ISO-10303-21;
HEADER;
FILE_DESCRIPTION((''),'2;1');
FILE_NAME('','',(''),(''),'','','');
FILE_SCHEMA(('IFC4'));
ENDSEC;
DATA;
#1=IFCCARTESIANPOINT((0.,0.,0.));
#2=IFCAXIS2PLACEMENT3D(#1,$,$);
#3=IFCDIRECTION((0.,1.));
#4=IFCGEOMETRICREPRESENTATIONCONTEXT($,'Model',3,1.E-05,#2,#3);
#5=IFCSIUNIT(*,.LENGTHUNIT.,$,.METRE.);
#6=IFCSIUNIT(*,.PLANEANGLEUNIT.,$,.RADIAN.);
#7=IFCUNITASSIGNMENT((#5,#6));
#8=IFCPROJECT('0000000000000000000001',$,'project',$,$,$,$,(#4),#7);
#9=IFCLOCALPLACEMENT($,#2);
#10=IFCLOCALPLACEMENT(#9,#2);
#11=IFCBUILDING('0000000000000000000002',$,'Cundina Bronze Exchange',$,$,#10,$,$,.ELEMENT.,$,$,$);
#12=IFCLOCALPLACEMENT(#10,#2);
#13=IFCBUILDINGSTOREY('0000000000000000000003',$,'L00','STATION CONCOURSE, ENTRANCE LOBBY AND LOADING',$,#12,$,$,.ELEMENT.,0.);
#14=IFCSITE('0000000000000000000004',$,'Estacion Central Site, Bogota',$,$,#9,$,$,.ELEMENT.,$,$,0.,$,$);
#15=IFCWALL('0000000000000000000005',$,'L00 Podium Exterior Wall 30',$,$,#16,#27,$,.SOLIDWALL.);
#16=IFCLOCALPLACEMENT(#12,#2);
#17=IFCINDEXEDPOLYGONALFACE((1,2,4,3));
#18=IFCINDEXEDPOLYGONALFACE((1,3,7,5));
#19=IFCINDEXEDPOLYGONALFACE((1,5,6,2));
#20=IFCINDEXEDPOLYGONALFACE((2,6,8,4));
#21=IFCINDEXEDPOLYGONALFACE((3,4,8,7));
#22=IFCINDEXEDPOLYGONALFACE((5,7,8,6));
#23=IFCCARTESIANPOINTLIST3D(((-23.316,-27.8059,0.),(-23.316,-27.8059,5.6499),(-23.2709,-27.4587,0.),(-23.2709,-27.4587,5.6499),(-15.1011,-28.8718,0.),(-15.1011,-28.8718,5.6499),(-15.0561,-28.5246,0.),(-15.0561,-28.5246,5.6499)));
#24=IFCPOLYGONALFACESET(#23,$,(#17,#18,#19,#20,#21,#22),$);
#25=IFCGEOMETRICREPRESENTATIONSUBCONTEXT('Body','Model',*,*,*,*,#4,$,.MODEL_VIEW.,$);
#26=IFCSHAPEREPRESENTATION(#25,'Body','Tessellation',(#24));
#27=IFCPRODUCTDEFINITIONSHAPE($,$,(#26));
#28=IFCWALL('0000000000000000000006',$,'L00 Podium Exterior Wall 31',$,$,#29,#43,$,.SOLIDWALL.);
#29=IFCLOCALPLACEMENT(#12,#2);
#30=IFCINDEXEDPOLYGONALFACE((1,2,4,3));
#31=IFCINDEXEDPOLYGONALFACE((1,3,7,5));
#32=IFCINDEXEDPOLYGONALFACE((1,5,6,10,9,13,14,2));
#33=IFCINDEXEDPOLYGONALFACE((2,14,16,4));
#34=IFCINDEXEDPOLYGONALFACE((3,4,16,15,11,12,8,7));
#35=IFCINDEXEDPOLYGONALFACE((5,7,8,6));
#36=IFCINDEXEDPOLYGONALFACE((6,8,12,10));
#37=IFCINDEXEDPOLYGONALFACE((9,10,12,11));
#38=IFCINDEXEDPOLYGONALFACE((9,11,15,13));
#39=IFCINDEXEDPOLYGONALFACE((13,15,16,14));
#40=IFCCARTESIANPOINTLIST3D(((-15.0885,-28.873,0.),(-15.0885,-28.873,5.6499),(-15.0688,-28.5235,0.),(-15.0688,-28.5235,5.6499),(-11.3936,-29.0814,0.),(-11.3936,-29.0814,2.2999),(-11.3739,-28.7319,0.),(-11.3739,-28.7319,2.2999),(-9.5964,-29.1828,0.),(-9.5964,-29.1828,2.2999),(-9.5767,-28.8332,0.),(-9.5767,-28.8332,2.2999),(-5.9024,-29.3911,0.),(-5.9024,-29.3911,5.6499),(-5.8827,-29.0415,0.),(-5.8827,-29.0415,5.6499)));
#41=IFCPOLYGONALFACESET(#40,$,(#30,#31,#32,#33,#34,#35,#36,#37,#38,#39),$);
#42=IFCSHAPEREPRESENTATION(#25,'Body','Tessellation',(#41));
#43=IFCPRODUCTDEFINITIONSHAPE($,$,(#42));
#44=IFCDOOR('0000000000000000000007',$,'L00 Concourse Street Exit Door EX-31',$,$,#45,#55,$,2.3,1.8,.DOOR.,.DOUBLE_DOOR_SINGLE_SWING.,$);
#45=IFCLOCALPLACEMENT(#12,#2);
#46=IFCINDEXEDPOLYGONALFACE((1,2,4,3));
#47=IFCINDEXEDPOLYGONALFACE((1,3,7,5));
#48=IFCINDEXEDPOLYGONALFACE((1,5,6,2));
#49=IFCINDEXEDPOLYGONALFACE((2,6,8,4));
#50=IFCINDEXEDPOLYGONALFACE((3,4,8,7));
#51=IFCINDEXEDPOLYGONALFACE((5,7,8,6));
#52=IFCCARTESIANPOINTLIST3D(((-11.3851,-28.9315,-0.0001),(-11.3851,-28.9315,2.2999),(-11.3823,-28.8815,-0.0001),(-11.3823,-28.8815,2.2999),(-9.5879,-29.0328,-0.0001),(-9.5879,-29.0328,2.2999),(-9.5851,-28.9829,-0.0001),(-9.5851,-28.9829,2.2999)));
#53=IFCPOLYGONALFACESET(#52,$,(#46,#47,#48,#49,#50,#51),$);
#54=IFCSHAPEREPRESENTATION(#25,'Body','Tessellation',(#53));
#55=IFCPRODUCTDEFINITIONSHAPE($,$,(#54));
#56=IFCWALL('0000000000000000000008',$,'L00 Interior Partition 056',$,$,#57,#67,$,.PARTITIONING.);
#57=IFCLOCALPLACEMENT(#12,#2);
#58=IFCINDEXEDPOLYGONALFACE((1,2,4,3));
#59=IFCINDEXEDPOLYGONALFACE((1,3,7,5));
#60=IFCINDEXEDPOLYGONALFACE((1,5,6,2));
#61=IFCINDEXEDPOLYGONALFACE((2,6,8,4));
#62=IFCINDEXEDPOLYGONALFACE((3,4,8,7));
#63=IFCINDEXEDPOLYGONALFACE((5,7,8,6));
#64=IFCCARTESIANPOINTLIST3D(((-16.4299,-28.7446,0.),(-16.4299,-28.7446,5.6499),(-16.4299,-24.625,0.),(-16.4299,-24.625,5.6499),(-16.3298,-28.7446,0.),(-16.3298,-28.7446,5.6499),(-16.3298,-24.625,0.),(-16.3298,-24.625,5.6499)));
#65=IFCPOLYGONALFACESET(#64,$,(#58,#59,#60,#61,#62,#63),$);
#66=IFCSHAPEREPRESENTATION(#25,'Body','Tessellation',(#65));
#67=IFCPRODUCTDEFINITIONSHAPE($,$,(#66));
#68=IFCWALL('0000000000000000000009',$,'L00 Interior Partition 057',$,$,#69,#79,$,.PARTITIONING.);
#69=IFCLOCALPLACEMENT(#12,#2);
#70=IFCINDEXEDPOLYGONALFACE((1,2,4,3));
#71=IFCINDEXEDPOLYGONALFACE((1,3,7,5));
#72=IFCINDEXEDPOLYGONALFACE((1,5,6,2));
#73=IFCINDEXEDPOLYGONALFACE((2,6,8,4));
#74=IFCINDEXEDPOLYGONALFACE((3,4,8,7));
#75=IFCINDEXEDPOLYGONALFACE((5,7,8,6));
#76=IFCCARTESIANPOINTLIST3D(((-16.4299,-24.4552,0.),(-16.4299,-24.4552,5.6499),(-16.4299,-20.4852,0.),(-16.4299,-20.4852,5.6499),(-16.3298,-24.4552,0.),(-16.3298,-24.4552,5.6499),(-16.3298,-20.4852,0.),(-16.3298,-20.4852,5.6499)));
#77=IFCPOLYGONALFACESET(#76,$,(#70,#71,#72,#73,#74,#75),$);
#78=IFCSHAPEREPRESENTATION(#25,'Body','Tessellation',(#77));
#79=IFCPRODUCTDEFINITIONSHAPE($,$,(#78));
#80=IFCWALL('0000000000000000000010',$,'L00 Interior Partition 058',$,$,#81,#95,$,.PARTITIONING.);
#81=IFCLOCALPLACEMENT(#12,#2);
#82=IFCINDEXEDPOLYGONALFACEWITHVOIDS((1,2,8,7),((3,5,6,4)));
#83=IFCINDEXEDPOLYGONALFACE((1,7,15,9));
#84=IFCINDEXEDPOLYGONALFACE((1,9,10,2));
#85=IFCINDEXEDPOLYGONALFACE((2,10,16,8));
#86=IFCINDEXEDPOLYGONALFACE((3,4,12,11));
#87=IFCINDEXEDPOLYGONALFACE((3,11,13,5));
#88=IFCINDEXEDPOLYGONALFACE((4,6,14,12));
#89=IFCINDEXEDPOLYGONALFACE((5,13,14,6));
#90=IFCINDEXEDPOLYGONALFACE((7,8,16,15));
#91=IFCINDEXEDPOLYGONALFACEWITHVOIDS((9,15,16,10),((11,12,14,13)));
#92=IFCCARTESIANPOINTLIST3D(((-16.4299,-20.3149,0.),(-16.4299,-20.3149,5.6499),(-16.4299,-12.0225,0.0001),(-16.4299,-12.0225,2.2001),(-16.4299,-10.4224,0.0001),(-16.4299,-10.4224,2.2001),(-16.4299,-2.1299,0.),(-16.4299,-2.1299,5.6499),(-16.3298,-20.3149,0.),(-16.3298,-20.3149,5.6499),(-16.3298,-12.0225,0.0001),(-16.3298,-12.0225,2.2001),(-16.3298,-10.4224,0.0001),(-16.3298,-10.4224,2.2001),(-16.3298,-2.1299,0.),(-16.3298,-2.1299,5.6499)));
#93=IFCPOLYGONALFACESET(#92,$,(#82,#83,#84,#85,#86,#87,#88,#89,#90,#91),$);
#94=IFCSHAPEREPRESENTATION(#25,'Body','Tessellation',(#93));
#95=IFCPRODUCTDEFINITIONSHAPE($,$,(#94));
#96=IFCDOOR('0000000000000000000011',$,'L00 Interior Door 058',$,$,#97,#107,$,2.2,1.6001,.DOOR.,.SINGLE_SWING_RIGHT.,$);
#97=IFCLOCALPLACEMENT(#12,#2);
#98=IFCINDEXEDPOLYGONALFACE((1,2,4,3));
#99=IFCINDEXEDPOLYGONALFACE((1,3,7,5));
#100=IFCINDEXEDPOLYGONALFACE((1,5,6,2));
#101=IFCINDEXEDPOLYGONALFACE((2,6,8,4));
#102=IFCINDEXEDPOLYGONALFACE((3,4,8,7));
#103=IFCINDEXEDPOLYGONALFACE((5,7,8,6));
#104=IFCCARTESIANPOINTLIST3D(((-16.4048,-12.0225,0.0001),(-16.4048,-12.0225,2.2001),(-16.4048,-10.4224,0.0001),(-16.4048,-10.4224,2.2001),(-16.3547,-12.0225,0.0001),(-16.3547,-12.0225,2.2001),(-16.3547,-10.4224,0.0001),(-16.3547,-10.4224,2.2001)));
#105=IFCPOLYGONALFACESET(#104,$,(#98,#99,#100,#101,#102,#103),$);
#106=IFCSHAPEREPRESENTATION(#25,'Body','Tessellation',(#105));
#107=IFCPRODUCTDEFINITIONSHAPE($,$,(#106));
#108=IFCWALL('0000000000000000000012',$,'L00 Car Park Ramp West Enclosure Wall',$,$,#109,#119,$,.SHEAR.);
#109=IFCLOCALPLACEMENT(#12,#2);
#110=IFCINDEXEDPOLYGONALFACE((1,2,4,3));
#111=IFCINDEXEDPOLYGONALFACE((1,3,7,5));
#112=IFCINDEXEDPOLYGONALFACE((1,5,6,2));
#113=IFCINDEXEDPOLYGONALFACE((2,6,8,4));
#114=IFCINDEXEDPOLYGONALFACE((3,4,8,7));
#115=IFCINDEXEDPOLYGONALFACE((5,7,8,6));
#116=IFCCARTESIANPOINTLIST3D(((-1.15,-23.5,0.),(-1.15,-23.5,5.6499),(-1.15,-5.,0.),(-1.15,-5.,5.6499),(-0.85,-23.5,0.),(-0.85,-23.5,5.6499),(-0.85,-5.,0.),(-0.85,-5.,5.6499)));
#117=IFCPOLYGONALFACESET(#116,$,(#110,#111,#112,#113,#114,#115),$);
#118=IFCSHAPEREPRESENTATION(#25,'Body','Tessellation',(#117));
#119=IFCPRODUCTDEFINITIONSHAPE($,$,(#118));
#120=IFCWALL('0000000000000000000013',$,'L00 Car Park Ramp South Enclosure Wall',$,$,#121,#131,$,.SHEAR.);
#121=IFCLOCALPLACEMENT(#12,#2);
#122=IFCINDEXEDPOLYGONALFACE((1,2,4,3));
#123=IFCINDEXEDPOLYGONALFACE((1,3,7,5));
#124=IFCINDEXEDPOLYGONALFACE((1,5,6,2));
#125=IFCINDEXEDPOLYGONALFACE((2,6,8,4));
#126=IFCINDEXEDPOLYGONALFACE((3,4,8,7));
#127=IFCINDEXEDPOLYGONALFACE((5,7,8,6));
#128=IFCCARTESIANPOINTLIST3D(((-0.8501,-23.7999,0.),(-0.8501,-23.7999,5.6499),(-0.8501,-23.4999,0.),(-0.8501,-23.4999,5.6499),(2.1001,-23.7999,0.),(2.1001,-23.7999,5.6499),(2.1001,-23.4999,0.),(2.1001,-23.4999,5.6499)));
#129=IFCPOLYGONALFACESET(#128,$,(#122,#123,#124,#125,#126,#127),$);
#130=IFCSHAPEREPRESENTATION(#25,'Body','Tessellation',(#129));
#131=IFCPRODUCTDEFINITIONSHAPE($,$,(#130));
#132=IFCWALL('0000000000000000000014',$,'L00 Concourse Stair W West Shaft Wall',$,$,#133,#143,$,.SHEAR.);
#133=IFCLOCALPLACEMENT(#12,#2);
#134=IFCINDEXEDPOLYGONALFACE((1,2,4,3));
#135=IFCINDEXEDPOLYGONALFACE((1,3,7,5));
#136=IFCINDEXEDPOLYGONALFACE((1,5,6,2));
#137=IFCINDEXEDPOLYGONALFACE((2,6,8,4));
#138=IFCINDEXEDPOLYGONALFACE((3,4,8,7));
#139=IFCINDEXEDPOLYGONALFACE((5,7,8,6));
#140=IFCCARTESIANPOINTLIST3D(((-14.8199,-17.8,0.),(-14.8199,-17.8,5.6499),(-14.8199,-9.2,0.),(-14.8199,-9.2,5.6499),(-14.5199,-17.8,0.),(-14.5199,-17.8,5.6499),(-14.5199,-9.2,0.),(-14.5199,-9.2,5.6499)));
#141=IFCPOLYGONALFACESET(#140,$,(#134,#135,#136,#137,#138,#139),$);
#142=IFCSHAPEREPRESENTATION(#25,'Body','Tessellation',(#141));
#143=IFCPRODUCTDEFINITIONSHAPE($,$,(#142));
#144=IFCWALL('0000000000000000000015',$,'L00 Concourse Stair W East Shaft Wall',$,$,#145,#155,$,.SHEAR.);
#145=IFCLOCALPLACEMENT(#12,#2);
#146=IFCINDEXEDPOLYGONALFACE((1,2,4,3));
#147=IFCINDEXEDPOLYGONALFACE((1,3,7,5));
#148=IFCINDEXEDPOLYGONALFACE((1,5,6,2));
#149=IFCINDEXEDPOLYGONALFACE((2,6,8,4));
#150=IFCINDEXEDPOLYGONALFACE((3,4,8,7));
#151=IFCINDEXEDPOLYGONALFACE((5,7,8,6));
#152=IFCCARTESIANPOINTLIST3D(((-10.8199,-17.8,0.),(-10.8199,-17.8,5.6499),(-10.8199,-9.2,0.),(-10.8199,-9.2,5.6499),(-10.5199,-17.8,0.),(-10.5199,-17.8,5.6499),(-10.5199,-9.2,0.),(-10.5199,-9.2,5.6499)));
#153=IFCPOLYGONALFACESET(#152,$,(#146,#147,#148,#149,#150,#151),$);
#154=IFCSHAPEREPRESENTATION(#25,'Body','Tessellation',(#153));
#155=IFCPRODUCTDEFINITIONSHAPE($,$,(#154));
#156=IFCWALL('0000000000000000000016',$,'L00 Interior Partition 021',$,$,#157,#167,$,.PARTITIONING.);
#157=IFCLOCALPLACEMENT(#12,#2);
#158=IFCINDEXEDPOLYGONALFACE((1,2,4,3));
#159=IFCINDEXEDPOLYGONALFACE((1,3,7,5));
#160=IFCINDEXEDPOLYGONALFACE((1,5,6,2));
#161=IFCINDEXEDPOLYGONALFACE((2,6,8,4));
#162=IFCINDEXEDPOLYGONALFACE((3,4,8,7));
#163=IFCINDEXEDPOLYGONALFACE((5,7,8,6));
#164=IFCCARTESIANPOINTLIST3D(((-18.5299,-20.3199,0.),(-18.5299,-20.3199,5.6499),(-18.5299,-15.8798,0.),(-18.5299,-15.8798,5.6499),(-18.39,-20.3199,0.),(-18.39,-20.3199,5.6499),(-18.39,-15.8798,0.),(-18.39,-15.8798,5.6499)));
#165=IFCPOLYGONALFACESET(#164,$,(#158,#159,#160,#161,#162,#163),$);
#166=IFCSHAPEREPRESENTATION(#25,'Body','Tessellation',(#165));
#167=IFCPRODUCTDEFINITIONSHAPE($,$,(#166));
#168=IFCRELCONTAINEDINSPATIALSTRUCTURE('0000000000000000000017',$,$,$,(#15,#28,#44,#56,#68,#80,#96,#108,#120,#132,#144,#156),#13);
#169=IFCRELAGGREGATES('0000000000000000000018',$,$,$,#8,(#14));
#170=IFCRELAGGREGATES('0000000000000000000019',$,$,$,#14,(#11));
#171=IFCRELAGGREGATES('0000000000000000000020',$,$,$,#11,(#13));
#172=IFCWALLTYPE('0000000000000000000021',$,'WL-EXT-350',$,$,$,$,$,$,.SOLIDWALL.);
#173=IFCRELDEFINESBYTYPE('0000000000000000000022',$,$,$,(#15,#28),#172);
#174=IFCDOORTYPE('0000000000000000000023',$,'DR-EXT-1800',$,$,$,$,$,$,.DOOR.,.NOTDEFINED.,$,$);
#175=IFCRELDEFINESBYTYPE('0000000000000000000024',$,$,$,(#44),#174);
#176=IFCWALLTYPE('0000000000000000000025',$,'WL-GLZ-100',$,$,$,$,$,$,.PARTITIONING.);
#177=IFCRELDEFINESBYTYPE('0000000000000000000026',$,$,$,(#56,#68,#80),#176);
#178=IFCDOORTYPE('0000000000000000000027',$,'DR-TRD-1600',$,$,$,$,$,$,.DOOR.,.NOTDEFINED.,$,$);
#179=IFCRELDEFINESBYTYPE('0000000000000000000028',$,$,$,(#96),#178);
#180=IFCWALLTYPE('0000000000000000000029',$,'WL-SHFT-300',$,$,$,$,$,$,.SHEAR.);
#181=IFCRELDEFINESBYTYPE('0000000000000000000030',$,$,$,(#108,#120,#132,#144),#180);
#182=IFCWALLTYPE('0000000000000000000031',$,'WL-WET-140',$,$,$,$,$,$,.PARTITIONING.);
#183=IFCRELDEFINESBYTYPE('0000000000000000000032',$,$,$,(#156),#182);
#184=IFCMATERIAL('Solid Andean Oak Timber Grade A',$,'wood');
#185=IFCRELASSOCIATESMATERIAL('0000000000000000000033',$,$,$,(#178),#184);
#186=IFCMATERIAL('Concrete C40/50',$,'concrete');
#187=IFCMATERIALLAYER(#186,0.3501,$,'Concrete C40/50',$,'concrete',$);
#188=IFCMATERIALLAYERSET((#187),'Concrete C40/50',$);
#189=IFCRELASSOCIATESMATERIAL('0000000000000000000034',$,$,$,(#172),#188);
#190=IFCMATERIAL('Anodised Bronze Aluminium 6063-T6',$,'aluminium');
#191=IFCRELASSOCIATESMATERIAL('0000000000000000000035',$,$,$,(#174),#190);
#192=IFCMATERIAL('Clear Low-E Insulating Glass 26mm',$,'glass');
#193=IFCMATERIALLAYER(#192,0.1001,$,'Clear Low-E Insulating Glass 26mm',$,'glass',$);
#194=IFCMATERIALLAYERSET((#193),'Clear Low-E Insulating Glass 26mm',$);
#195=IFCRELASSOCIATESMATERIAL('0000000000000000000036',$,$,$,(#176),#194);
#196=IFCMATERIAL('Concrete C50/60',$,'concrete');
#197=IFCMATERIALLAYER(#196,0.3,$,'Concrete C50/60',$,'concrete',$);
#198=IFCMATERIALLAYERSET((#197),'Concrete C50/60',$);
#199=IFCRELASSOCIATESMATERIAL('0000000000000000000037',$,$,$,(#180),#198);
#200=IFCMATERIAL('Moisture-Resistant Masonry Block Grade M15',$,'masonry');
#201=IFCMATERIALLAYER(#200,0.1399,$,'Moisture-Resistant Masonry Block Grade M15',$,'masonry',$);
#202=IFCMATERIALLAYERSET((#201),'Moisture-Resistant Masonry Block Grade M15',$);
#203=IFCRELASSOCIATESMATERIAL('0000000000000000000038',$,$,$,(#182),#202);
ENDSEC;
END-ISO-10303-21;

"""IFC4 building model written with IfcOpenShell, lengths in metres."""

from ifc_helpers import new_model, si_unit, direction, frame, frame_2d, origin, place, context, subcontext, project, spatial, rectangle, extrude, material, layer, layer_set, type_object, element, fill, save


model = new_model("IFC4")

# Units and contexts
model_context = context("Model", 3, precision=1e-05, world=origin(), true_north=direction((0.0, 1.0)))
body_context = subcontext(model_context, "Body", "Model", "MODEL_VIEW")
ifc_project = project(units=[si_unit("LENGTHUNIT", "METRE"), si_unit("PLANEANGLEUNIT", "RADIAN")], contexts=[model_context])

# Site, building, storey
site_placement = place(None, origin())
site = spatial("IfcSite", under=ifc_project, at=site_placement, Name="Estacion Central Site, Bogota", CompositionType="ELEMENT", RefElevation=0.0)
building_placement = place(site_placement, origin())
building = spatial("IfcBuilding", under=site, at=building_placement, Name="Cundina Bronze Exchange", CompositionType="ELEMENT")
storey_placement = place(building_placement, origin())
storey = spatial("IfcBuildingStorey", under=building, at=storey_placement, Name="L00", Description="STATION CONCOURSE, ENTRANCE LOBBY AND LOADING", CompositionType="ELEMENT", Elevation=0.0)

# Shared definitions
ifc_material_1 = material(Name="Concrete C50/60", Category="concrete")

# Shared definitions
ifc_material_2 = material(Name="Concrete C40/50", Category="concrete")

# Shared definitions
ifc_material_3 = material(Name="Anodised Bronze Aluminium 6063-T6", Category="aluminium")

# Shared definitions
ifc_material_4 = material(Name="Solid Andean Oak Timber Grade A", Category="wood")
door_type_1 = type_object("IfcDoorType", Name="DR-TRD-1600", OperationType="NOTDEFINED", PredefinedType="DOOR", material=ifc_material_4)

# Wall
ifc_layer_1 = layer(ifc_material_2, 0.3501, Name="Concrete C40/50", Category="concrete")
ifc_layer_set_1 = layer_set([ifc_layer_1], Name="Concrete C40/50")
wall_type_1 = type_object("IfcWallType", Name="WL-EXT-350", PredefinedType="SOLIDWALL", material=ifc_layer_set_1)
wall_1_placement = place(storey_placement, frame((-15.0786, -28.6982, 0.0), z_axis=(0.0, 0.0, 1.0), x_axis=(-0.991687, 0.128676, 0.0)))
element("IfcWall", 1, at=wall_1_placement, inside=storey, type_object=wall_type_1, Name="L00 Podium Exterior Wall 30", PredefinedType="SOLIDWALL", context=body_context, shape_type="SweptSolid", body=[
    extrude(rectangle(XDim=8.2837, YDim=0.3501, at=frame_2d((4.1418, 0.0))), origin(), (0.0, 0.0, 1.0), 5.6499),
])

# Wall, opening, door
wall_2_placement = place(storey_placement, frame((-5.8926, -29.2163, 0.0), z_axis=(0.0, 0.0, 1.0), x_axis=(-0.998413, 0.056308, 0.0)))
wall_2 = element("IfcWall", 2, at=wall_2_placement, inside=storey, type_object=wall_type_1, Name="L00 Podium Exterior Wall 31", PredefinedType="SOLIDWALL", context=body_context, shape_type="SweptSolid", body=[
    extrude(rectangle(XDim=9.2007, YDim=0.3501, at=frame_2d((4.6003, 0.0))), origin(), (0.0, 0.0, 1.0), 5.6499),
])
opening_1_placement = place(wall_2_placement, frame((3.7, 0.0, 0.0)))
opening_1 = element("IfcOpeningElement", 3, at=opening_1_placement, cuts=wall_2, PredefinedType="OPENING", context=body_context, shape_type="SweptSolid", body=[
    extrude(rectangle(XDim=1.8, YDim=2.3, at=frame_2d((0.8999, 1.1499))), frame((0.0, 0.1851, 0.0), z_axis=(0.0, -1.0, 0.0), x_axis=(1.0, 0.0, 0.0)), (0.0, 0.0, 1.0), 0.3701),
])
door_type_2 = type_object("IfcDoorType", Name="DR-EXT-1800", OperationType="NOTDEFINED", PredefinedType="DOOR", material=ifc_material_3)
door_1_placement = place(opening_1_placement, origin())
door_1 = element("IfcDoor", 4, at=door_1_placement, inside=storey, type_object=door_type_2, Name="L00 Concourse Street Exit Door EX-31", OperationType="DOUBLE_DOOR_SINGLE_SWING", OverallHeight=2.3, OverallWidth=1.8, PredefinedType="DOOR", context=body_context, shape_type="SweptSolid", body=[
    extrude(rectangle(XDim=1.8, YDim=2.3, at=frame_2d((0.8999, 1.1499))), frame((0.0, 0.0249, 0.0), z_axis=(0.0, -1.0, 0.0), x_axis=(1.0, 0.0, 0.0)), (0.0, 0.0, 1.0), 0.05),
])
fill(opening_1, door_1)

# Walls
ifc_material_5 = material(Name="Clear Low-E Insulating Glass 26mm", Category="glass")
ifc_layer_2 = layer(ifc_material_5, 0.1001, Name="Clear Low-E Insulating Glass 26mm", Category="glass")
ifc_layer_set_2 = layer_set([ifc_layer_2], Name="Clear Low-E Insulating Glass 26mm")
wall_type_2 = type_object("IfcWallType", Name="WL-GLZ-100", PredefinedType="PARTITIONING", material=ifc_layer_set_2)
wall_3_placement = place(storey_placement, frame((-16.3799, -28.7446, 0.0), z_axis=(0.0, 0.0, 1.0), x_axis=(0.0, 1.0, 0.0)))
element("IfcWall", 5, at=wall_3_placement, inside=storey, type_object=wall_type_2, Name="L00 Interior Partition 056", PredefinedType="PARTITIONING", context=body_context, shape_type="SweptSolid", body=[
    extrude(rectangle(XDim=4.1196, YDim=0.1001, at=frame_2d((2.0598, 0.0))), origin(), (0.0, 0.0, 1.0), 5.6499),
])
wall_4_placement = place(storey_placement, frame((-16.3799, -24.4551, 0.0), z_axis=(0.0, 0.0, 1.0), x_axis=(0.0, 1.0, 0.0)))
element("IfcWall", 6, at=wall_4_placement, inside=storey, type_object=wall_type_2, Name="L00 Interior Partition 057", PredefinedType="PARTITIONING", context=body_context, shape_type="SweptSolid", body=[
    extrude(rectangle(XDim=3.97, YDim=0.1001, at=frame_2d((1.9849, 0.0))), origin(), (0.0, 0.0, 1.0), 5.6499),
])

# Wall, opening, door
wall_5_placement = place(storey_placement, frame((-16.3799, -20.3149, 0.0), z_axis=(0.0, 0.0, 1.0), x_axis=(0.0, 1.0, 0.0)))
wall_5 = element("IfcWall", 7, at=wall_5_placement, inside=storey, type_object=wall_type_2, Name="L00 Interior Partition 058", PredefinedType="PARTITIONING", context=body_context, shape_type="SweptSolid", body=[
    extrude(rectangle(XDim=18.1851, YDim=0.1001, at=frame_2d((9.0925, 0.0))), origin(), (0.0, 0.0, 1.0), 5.6499),
])
opening_2_placement = place(wall_5_placement, frame((8.2925, 0.0, 0.0)))
opening_2 = element("IfcOpeningElement", 8, at=opening_2_placement, cuts=wall_5, PredefinedType="OPENING", context=body_context, shape_type="SweptSolid", body=[
    extrude(rectangle(XDim=1.6001, YDim=2.2, at=frame_2d((0.8, 1.1001))), frame((0.0, 0.0601, 0.0), z_axis=(0.0, -1.0, 0.0), x_axis=(1.0, 0.0, 0.0)), (0.0, 0.0, 1.0), 0.1201),
])
door_2_placement = place(opening_2_placement, origin())
door_2 = element("IfcDoor", 9, at=door_2_placement, inside=storey, type_object=door_type_1, Name="L00 Interior Door 058", OperationType="SINGLE_SWING_RIGHT", OverallHeight=2.2, OverallWidth=1.6001, PredefinedType="DOOR", context=body_context, shape_type="SweptSolid", body=[
    extrude(rectangle(XDim=1.6001, YDim=2.2, at=frame_2d((0.8, 1.1001))), frame((0.0, 0.0249, 0.0), z_axis=(0.0, -1.0, 0.0), x_axis=(1.0, 0.0, 0.0)), (0.0, 0.0, 1.0), 0.05),
])
fill(opening_2, door_2)

# Walls
ifc_layer_3 = layer(ifc_material_1, 0.3, Name="Concrete C50/60", Category="concrete")
ifc_layer_set_3 = layer_set([ifc_layer_3], Name="Concrete C50/60")
wall_type_3 = type_object("IfcWallType", Name="WL-SHFT-300", PredefinedType="SHEAR", material=ifc_layer_set_3)
wall_6_placement = place(storey_placement, frame((-1.0, -23.5, 0.0), z_axis=(0.0, 0.0, 1.0), x_axis=(0.0, 1.0, 0.0)))
element("IfcWall", 10, at=wall_6_placement, inside=storey, type_object=wall_type_3, Name="L00 Car Park Ramp West Enclosure Wall", PredefinedType="SHEAR", context=body_context, shape_type="SweptSolid", body=[
    extrude(rectangle(XDim=18.5, YDim=0.3, at=frame_2d((9.25, 0.0))), origin(), (0.0, 0.0, 1.0), 5.6499),
])
wall_7_placement = place(storey_placement, frame((-0.8501, -23.6499, 0.0), z_axis=(0.0, 0.0, 1.0), x_axis=(1.0, 0.0, 0.0)))
element("IfcWall", 11, at=wall_7_placement, inside=storey, type_object=wall_type_3, Name="L00 Car Park Ramp South Enclosure Wall", PredefinedType="SHEAR", context=body_context, shape_type="SweptSolid", body=[
    extrude(rectangle(XDim=2.9502, YDim=0.3, at=frame_2d((1.4751, 0.0))), origin(), (0.0, 0.0, 1.0), 5.6499),
])
for number, where, z_axis, x_axis, name in (
    (12, (-14.6699, -17.8, 0.0), (0.0, 0.0, 1.0), (0.0, 1.0, 0.0), "L00 Concourse Stair W West Shaft Wall"),
    (13, (-10.6699, -17.8, 0.0), (0.0, 0.0, 1.0), (0.0, 1.0, 0.0), "L00 Concourse Stair W East Shaft Wall"),
):
    element("IfcWall", number, at=place(storey_placement, frame(where, z_axis=z_axis, x_axis=x_axis)), inside=storey, type_object=wall_type_3, Name=name, PredefinedType="SHEAR", context=body_context, shape_type="SweptSolid", body=[
        extrude(rectangle(XDim=8.6001, YDim=0.3, at=frame_2d((4.3, 0.0))), origin(), (0.0, 0.0, 1.0), 5.6499),
    ])

# Wall
ifc_material_6 = material(Name="Moisture-Resistant Masonry Block Grade M15", Category="masonry")
ifc_layer_4 = layer(ifc_material_6, 0.1399, Name="Moisture-Resistant Masonry Block Grade M15", Category="masonry")
ifc_layer_set_4 = layer_set([ifc_layer_4], Name="Moisture-Resistant Masonry Block Grade M15")
wall_type_4 = type_object("IfcWallType", Name="WL-WET-140", PredefinedType="PARTITIONING", material=ifc_layer_set_4)
wall_8_placement = place(storey_placement, frame((-18.46, -20.3201, 0.0), z_axis=(0.0, 0.0, 1.0), x_axis=(0.0, 1.0, 0.0)))
element("IfcWall", 14, at=wall_8_placement, inside=storey, type_object=wall_type_4, Name="L00 Interior Partition 021", PredefinedType="PARTITIONING", context=body_context, shape_type="SweptSolid", body=[
    extrude(rectangle(XDim=4.4402, YDim=0.1399, at=frame_2d((2.2202, 0.0))), origin(), (0.0, 0.0, 1.0), 5.6499),
])

save(model, "model.ifc")
